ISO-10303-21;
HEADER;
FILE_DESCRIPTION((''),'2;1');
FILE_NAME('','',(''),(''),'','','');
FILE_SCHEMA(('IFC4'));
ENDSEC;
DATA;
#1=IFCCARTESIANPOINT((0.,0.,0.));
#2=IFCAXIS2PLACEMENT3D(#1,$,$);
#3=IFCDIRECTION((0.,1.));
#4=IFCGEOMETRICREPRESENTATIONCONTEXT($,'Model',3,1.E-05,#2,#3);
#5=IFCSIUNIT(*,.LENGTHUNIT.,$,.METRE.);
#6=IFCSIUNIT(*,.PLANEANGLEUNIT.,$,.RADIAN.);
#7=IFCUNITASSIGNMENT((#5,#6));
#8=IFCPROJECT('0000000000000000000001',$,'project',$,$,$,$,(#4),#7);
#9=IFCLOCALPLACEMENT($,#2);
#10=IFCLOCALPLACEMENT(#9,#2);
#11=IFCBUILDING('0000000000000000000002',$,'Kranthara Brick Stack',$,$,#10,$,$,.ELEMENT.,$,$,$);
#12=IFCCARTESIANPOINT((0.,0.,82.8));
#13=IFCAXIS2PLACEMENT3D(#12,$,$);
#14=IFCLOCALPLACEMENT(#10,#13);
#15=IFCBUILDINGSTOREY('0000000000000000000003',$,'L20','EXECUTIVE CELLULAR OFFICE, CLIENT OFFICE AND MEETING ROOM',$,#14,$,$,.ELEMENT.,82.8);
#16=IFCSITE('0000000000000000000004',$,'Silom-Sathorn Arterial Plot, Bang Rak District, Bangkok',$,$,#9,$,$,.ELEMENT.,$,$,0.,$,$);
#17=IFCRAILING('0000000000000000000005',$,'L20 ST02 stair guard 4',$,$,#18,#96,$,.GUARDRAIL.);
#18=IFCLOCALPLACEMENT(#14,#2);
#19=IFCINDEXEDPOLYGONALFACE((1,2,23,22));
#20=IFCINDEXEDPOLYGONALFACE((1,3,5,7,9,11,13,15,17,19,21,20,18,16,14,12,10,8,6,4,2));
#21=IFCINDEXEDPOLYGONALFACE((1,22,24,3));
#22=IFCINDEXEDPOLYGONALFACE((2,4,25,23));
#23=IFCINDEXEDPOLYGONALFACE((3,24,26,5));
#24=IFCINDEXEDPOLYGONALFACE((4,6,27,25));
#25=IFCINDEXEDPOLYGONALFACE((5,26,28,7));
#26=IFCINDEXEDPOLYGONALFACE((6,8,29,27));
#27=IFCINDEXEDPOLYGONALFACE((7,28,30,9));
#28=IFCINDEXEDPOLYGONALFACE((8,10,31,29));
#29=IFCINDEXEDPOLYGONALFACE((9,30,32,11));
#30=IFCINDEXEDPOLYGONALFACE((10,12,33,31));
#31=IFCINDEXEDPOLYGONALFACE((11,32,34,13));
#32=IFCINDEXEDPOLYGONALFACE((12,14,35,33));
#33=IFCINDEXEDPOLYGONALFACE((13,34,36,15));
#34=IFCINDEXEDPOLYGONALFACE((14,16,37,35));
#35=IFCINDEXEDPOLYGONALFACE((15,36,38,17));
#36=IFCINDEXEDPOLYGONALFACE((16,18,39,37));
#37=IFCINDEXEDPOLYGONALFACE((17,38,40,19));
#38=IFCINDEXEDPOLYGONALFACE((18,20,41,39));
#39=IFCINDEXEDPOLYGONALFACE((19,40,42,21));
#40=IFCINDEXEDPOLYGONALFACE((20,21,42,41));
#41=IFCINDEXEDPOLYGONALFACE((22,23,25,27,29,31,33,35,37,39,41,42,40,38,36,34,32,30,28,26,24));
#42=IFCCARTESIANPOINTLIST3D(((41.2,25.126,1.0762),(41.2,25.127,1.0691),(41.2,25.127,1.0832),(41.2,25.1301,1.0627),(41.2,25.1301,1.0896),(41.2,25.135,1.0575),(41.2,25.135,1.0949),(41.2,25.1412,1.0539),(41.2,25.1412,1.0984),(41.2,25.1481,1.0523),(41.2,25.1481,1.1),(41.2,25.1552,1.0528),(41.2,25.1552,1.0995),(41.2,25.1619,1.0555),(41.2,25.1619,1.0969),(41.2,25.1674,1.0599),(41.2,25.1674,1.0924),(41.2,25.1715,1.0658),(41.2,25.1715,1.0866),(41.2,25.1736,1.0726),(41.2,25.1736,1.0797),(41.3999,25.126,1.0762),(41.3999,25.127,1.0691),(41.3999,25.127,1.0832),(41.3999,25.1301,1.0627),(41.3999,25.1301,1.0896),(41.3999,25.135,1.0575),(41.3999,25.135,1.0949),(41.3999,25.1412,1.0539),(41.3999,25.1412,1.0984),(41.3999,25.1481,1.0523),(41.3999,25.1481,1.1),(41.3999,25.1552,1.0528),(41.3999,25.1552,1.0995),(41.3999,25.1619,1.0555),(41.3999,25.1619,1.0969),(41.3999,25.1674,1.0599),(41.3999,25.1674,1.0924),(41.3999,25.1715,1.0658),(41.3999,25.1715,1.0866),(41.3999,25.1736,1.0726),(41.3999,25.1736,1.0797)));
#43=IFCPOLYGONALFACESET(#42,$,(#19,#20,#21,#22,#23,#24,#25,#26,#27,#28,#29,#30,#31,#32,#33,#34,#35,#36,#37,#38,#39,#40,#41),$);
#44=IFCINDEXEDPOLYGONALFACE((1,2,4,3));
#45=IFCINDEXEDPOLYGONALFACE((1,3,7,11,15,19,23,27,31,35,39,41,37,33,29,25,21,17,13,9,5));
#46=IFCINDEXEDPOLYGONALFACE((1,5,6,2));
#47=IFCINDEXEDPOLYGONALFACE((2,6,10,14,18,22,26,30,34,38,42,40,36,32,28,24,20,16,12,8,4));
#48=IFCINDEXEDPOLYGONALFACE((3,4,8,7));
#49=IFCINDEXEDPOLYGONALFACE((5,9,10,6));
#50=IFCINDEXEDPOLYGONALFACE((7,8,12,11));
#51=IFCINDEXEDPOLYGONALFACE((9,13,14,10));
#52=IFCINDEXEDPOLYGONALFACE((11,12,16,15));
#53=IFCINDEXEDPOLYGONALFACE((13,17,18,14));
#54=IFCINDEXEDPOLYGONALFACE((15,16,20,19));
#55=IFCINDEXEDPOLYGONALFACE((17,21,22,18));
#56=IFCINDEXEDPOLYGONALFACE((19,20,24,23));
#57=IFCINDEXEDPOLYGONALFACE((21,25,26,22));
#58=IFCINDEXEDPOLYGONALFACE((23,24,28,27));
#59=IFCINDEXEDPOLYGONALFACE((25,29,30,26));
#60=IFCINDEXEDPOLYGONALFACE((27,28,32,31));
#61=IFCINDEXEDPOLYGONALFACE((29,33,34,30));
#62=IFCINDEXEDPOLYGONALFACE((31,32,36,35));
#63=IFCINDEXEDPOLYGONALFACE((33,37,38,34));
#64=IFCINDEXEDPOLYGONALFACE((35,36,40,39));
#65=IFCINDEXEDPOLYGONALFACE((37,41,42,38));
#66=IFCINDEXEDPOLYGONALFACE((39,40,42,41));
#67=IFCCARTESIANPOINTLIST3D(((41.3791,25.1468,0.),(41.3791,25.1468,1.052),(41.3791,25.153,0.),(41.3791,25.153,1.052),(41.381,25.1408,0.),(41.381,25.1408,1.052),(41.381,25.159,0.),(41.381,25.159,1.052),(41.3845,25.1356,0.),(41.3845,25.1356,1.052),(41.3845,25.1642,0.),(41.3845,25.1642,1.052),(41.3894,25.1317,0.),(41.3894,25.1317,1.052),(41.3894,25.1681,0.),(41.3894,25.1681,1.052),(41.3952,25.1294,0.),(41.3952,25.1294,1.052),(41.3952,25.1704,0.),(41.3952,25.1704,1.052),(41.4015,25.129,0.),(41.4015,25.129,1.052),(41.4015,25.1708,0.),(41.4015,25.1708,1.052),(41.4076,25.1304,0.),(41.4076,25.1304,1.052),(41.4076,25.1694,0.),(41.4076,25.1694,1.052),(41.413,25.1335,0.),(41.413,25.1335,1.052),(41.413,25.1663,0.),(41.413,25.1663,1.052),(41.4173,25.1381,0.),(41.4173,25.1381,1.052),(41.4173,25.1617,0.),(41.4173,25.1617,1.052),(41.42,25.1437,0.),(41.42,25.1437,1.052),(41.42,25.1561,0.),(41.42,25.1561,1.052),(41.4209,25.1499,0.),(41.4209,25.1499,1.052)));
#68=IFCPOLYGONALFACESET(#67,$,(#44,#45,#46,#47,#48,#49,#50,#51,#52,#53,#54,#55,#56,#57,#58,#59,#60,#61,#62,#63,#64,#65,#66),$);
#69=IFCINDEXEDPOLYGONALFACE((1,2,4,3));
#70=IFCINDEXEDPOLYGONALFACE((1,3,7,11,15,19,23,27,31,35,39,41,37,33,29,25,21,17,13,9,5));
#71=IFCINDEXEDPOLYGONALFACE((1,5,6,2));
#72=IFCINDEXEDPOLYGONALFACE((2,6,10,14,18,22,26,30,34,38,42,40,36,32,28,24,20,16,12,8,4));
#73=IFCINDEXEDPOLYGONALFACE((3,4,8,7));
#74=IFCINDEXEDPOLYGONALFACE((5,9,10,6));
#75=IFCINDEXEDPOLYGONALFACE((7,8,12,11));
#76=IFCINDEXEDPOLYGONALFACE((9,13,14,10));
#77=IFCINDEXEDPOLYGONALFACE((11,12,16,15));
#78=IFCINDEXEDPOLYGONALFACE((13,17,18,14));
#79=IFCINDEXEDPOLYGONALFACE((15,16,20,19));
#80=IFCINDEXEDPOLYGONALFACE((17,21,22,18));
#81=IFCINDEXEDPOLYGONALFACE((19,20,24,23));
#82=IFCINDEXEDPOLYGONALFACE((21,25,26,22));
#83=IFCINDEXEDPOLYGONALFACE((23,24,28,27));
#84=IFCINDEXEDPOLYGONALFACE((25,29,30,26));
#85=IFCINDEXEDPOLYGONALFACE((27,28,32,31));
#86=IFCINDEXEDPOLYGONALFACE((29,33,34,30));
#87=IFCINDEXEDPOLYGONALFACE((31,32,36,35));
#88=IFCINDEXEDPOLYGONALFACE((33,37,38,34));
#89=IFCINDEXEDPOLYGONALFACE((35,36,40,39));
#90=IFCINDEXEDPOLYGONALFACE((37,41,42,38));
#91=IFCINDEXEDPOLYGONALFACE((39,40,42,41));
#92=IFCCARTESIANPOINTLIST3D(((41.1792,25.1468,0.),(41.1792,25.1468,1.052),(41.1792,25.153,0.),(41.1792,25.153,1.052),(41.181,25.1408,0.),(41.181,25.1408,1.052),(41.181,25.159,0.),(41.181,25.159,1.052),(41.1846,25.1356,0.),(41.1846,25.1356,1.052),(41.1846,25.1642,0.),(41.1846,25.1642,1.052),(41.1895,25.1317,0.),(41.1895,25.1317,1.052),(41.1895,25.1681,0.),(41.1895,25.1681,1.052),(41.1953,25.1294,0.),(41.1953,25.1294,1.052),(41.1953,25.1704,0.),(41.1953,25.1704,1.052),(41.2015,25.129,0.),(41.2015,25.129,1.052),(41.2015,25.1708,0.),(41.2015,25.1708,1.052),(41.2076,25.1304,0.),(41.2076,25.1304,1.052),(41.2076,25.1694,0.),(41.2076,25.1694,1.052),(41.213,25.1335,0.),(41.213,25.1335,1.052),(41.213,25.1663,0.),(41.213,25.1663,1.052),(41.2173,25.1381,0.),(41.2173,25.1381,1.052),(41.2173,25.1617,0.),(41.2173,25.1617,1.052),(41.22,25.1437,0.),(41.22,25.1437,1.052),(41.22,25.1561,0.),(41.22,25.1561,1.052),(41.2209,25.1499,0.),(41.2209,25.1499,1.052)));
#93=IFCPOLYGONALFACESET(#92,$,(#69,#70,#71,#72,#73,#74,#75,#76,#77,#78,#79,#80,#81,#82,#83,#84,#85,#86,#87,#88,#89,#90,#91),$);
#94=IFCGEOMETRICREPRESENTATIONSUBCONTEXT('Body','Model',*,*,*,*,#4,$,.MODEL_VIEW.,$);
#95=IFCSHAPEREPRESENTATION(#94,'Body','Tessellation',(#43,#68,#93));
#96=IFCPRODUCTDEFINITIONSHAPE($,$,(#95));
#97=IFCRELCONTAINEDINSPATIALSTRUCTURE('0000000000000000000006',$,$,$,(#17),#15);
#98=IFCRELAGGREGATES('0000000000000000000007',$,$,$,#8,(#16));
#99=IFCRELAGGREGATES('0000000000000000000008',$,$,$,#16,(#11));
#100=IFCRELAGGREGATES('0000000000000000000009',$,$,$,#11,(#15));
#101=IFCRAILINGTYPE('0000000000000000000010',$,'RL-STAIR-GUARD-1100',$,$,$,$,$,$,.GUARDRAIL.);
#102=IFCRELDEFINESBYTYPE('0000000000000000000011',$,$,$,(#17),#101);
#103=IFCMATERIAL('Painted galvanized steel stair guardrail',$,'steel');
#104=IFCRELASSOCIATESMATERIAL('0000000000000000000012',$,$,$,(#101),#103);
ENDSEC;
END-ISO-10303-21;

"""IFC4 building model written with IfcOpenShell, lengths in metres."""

from ifc_helpers import new_model, si_unit, direction, frame, origin, origin_2d, place, context, subcontext, project, spatial, circle, extrude, material, type_object, element, save


model = new_model("IFC4")

# Units and contexts
model_context = context("Model", 3, precision=1e-05, world=origin(), true_north=direction((0.0, 1.0)))
body_context = subcontext(model_context, "Body", "Model", "MODEL_VIEW")
ifc_project = project(units=[si_unit("LENGTHUNIT", "METRE"), si_unit("PLANEANGLEUNIT", "RADIAN")], contexts=[model_context])

# Site, building, storey
site_placement = place(None, origin())
site = spatial("IfcSite", under=ifc_project, at=site_placement, Name="Silom-Sathorn Arterial Plot, Bang Rak District, Bangkok", CompositionType="ELEMENT", RefElevation=0.0)
building_placement = place(site_placement, origin())
building = spatial("IfcBuilding", under=site, at=building_placement, Name="Kranthara Brick Stack", CompositionType="ELEMENT")
storey_placement = place(building_placement, frame((0.0, 0.0, 82.8)))
storey = spatial("IfcBuildingStorey", under=building, at=storey_placement, Name="L20", Description="EXECUTIVE CELLULAR OFFICE, CLIENT OFFICE AND MEETING ROOM", CompositionType="ELEMENT", Elevation=82.8)

# Railing
ifc_material_1 = material(Name="Painted galvanized steel stair guardrail", Category="steel")
railing_type_1 = type_object("IfcRailingType", Name="RL-STAIR-GUARD-1100", PredefinedType="GUARDRAIL", material=ifc_material_1)
railing_1_placement = place(storey_placement, frame((41.3999, 25.1499, 0.0)))
element("IfcRailing", 1, at=railing_1_placement, inside=storey, type_object=railing_type_1, Name="L20 ST02 stair guard 4", PredefinedType="GUARDRAIL", context=body_context, shape_type="SweptSolid", body=[
    extrude(circle(Radius=0.0239, at=origin_2d()), frame((0.0, 0.0, 1.0762), z_axis=(-1.0, 0.0, 0.0), x_axis=(0.0, -1.0, 0.0)), (0.0, 0.0, 1.0), 0.2),
    extrude(circle(Radius=0.021, at=origin_2d()), origin(), (0.0, 0.0, 1.0), 1.052),
    extrude(circle(Radius=0.021, at=origin_2d()), frame((-0.2, 0.0, 0.0)), (0.0, 0.0, 1.0), 1.052),
])

save(model, "model.ifc")
